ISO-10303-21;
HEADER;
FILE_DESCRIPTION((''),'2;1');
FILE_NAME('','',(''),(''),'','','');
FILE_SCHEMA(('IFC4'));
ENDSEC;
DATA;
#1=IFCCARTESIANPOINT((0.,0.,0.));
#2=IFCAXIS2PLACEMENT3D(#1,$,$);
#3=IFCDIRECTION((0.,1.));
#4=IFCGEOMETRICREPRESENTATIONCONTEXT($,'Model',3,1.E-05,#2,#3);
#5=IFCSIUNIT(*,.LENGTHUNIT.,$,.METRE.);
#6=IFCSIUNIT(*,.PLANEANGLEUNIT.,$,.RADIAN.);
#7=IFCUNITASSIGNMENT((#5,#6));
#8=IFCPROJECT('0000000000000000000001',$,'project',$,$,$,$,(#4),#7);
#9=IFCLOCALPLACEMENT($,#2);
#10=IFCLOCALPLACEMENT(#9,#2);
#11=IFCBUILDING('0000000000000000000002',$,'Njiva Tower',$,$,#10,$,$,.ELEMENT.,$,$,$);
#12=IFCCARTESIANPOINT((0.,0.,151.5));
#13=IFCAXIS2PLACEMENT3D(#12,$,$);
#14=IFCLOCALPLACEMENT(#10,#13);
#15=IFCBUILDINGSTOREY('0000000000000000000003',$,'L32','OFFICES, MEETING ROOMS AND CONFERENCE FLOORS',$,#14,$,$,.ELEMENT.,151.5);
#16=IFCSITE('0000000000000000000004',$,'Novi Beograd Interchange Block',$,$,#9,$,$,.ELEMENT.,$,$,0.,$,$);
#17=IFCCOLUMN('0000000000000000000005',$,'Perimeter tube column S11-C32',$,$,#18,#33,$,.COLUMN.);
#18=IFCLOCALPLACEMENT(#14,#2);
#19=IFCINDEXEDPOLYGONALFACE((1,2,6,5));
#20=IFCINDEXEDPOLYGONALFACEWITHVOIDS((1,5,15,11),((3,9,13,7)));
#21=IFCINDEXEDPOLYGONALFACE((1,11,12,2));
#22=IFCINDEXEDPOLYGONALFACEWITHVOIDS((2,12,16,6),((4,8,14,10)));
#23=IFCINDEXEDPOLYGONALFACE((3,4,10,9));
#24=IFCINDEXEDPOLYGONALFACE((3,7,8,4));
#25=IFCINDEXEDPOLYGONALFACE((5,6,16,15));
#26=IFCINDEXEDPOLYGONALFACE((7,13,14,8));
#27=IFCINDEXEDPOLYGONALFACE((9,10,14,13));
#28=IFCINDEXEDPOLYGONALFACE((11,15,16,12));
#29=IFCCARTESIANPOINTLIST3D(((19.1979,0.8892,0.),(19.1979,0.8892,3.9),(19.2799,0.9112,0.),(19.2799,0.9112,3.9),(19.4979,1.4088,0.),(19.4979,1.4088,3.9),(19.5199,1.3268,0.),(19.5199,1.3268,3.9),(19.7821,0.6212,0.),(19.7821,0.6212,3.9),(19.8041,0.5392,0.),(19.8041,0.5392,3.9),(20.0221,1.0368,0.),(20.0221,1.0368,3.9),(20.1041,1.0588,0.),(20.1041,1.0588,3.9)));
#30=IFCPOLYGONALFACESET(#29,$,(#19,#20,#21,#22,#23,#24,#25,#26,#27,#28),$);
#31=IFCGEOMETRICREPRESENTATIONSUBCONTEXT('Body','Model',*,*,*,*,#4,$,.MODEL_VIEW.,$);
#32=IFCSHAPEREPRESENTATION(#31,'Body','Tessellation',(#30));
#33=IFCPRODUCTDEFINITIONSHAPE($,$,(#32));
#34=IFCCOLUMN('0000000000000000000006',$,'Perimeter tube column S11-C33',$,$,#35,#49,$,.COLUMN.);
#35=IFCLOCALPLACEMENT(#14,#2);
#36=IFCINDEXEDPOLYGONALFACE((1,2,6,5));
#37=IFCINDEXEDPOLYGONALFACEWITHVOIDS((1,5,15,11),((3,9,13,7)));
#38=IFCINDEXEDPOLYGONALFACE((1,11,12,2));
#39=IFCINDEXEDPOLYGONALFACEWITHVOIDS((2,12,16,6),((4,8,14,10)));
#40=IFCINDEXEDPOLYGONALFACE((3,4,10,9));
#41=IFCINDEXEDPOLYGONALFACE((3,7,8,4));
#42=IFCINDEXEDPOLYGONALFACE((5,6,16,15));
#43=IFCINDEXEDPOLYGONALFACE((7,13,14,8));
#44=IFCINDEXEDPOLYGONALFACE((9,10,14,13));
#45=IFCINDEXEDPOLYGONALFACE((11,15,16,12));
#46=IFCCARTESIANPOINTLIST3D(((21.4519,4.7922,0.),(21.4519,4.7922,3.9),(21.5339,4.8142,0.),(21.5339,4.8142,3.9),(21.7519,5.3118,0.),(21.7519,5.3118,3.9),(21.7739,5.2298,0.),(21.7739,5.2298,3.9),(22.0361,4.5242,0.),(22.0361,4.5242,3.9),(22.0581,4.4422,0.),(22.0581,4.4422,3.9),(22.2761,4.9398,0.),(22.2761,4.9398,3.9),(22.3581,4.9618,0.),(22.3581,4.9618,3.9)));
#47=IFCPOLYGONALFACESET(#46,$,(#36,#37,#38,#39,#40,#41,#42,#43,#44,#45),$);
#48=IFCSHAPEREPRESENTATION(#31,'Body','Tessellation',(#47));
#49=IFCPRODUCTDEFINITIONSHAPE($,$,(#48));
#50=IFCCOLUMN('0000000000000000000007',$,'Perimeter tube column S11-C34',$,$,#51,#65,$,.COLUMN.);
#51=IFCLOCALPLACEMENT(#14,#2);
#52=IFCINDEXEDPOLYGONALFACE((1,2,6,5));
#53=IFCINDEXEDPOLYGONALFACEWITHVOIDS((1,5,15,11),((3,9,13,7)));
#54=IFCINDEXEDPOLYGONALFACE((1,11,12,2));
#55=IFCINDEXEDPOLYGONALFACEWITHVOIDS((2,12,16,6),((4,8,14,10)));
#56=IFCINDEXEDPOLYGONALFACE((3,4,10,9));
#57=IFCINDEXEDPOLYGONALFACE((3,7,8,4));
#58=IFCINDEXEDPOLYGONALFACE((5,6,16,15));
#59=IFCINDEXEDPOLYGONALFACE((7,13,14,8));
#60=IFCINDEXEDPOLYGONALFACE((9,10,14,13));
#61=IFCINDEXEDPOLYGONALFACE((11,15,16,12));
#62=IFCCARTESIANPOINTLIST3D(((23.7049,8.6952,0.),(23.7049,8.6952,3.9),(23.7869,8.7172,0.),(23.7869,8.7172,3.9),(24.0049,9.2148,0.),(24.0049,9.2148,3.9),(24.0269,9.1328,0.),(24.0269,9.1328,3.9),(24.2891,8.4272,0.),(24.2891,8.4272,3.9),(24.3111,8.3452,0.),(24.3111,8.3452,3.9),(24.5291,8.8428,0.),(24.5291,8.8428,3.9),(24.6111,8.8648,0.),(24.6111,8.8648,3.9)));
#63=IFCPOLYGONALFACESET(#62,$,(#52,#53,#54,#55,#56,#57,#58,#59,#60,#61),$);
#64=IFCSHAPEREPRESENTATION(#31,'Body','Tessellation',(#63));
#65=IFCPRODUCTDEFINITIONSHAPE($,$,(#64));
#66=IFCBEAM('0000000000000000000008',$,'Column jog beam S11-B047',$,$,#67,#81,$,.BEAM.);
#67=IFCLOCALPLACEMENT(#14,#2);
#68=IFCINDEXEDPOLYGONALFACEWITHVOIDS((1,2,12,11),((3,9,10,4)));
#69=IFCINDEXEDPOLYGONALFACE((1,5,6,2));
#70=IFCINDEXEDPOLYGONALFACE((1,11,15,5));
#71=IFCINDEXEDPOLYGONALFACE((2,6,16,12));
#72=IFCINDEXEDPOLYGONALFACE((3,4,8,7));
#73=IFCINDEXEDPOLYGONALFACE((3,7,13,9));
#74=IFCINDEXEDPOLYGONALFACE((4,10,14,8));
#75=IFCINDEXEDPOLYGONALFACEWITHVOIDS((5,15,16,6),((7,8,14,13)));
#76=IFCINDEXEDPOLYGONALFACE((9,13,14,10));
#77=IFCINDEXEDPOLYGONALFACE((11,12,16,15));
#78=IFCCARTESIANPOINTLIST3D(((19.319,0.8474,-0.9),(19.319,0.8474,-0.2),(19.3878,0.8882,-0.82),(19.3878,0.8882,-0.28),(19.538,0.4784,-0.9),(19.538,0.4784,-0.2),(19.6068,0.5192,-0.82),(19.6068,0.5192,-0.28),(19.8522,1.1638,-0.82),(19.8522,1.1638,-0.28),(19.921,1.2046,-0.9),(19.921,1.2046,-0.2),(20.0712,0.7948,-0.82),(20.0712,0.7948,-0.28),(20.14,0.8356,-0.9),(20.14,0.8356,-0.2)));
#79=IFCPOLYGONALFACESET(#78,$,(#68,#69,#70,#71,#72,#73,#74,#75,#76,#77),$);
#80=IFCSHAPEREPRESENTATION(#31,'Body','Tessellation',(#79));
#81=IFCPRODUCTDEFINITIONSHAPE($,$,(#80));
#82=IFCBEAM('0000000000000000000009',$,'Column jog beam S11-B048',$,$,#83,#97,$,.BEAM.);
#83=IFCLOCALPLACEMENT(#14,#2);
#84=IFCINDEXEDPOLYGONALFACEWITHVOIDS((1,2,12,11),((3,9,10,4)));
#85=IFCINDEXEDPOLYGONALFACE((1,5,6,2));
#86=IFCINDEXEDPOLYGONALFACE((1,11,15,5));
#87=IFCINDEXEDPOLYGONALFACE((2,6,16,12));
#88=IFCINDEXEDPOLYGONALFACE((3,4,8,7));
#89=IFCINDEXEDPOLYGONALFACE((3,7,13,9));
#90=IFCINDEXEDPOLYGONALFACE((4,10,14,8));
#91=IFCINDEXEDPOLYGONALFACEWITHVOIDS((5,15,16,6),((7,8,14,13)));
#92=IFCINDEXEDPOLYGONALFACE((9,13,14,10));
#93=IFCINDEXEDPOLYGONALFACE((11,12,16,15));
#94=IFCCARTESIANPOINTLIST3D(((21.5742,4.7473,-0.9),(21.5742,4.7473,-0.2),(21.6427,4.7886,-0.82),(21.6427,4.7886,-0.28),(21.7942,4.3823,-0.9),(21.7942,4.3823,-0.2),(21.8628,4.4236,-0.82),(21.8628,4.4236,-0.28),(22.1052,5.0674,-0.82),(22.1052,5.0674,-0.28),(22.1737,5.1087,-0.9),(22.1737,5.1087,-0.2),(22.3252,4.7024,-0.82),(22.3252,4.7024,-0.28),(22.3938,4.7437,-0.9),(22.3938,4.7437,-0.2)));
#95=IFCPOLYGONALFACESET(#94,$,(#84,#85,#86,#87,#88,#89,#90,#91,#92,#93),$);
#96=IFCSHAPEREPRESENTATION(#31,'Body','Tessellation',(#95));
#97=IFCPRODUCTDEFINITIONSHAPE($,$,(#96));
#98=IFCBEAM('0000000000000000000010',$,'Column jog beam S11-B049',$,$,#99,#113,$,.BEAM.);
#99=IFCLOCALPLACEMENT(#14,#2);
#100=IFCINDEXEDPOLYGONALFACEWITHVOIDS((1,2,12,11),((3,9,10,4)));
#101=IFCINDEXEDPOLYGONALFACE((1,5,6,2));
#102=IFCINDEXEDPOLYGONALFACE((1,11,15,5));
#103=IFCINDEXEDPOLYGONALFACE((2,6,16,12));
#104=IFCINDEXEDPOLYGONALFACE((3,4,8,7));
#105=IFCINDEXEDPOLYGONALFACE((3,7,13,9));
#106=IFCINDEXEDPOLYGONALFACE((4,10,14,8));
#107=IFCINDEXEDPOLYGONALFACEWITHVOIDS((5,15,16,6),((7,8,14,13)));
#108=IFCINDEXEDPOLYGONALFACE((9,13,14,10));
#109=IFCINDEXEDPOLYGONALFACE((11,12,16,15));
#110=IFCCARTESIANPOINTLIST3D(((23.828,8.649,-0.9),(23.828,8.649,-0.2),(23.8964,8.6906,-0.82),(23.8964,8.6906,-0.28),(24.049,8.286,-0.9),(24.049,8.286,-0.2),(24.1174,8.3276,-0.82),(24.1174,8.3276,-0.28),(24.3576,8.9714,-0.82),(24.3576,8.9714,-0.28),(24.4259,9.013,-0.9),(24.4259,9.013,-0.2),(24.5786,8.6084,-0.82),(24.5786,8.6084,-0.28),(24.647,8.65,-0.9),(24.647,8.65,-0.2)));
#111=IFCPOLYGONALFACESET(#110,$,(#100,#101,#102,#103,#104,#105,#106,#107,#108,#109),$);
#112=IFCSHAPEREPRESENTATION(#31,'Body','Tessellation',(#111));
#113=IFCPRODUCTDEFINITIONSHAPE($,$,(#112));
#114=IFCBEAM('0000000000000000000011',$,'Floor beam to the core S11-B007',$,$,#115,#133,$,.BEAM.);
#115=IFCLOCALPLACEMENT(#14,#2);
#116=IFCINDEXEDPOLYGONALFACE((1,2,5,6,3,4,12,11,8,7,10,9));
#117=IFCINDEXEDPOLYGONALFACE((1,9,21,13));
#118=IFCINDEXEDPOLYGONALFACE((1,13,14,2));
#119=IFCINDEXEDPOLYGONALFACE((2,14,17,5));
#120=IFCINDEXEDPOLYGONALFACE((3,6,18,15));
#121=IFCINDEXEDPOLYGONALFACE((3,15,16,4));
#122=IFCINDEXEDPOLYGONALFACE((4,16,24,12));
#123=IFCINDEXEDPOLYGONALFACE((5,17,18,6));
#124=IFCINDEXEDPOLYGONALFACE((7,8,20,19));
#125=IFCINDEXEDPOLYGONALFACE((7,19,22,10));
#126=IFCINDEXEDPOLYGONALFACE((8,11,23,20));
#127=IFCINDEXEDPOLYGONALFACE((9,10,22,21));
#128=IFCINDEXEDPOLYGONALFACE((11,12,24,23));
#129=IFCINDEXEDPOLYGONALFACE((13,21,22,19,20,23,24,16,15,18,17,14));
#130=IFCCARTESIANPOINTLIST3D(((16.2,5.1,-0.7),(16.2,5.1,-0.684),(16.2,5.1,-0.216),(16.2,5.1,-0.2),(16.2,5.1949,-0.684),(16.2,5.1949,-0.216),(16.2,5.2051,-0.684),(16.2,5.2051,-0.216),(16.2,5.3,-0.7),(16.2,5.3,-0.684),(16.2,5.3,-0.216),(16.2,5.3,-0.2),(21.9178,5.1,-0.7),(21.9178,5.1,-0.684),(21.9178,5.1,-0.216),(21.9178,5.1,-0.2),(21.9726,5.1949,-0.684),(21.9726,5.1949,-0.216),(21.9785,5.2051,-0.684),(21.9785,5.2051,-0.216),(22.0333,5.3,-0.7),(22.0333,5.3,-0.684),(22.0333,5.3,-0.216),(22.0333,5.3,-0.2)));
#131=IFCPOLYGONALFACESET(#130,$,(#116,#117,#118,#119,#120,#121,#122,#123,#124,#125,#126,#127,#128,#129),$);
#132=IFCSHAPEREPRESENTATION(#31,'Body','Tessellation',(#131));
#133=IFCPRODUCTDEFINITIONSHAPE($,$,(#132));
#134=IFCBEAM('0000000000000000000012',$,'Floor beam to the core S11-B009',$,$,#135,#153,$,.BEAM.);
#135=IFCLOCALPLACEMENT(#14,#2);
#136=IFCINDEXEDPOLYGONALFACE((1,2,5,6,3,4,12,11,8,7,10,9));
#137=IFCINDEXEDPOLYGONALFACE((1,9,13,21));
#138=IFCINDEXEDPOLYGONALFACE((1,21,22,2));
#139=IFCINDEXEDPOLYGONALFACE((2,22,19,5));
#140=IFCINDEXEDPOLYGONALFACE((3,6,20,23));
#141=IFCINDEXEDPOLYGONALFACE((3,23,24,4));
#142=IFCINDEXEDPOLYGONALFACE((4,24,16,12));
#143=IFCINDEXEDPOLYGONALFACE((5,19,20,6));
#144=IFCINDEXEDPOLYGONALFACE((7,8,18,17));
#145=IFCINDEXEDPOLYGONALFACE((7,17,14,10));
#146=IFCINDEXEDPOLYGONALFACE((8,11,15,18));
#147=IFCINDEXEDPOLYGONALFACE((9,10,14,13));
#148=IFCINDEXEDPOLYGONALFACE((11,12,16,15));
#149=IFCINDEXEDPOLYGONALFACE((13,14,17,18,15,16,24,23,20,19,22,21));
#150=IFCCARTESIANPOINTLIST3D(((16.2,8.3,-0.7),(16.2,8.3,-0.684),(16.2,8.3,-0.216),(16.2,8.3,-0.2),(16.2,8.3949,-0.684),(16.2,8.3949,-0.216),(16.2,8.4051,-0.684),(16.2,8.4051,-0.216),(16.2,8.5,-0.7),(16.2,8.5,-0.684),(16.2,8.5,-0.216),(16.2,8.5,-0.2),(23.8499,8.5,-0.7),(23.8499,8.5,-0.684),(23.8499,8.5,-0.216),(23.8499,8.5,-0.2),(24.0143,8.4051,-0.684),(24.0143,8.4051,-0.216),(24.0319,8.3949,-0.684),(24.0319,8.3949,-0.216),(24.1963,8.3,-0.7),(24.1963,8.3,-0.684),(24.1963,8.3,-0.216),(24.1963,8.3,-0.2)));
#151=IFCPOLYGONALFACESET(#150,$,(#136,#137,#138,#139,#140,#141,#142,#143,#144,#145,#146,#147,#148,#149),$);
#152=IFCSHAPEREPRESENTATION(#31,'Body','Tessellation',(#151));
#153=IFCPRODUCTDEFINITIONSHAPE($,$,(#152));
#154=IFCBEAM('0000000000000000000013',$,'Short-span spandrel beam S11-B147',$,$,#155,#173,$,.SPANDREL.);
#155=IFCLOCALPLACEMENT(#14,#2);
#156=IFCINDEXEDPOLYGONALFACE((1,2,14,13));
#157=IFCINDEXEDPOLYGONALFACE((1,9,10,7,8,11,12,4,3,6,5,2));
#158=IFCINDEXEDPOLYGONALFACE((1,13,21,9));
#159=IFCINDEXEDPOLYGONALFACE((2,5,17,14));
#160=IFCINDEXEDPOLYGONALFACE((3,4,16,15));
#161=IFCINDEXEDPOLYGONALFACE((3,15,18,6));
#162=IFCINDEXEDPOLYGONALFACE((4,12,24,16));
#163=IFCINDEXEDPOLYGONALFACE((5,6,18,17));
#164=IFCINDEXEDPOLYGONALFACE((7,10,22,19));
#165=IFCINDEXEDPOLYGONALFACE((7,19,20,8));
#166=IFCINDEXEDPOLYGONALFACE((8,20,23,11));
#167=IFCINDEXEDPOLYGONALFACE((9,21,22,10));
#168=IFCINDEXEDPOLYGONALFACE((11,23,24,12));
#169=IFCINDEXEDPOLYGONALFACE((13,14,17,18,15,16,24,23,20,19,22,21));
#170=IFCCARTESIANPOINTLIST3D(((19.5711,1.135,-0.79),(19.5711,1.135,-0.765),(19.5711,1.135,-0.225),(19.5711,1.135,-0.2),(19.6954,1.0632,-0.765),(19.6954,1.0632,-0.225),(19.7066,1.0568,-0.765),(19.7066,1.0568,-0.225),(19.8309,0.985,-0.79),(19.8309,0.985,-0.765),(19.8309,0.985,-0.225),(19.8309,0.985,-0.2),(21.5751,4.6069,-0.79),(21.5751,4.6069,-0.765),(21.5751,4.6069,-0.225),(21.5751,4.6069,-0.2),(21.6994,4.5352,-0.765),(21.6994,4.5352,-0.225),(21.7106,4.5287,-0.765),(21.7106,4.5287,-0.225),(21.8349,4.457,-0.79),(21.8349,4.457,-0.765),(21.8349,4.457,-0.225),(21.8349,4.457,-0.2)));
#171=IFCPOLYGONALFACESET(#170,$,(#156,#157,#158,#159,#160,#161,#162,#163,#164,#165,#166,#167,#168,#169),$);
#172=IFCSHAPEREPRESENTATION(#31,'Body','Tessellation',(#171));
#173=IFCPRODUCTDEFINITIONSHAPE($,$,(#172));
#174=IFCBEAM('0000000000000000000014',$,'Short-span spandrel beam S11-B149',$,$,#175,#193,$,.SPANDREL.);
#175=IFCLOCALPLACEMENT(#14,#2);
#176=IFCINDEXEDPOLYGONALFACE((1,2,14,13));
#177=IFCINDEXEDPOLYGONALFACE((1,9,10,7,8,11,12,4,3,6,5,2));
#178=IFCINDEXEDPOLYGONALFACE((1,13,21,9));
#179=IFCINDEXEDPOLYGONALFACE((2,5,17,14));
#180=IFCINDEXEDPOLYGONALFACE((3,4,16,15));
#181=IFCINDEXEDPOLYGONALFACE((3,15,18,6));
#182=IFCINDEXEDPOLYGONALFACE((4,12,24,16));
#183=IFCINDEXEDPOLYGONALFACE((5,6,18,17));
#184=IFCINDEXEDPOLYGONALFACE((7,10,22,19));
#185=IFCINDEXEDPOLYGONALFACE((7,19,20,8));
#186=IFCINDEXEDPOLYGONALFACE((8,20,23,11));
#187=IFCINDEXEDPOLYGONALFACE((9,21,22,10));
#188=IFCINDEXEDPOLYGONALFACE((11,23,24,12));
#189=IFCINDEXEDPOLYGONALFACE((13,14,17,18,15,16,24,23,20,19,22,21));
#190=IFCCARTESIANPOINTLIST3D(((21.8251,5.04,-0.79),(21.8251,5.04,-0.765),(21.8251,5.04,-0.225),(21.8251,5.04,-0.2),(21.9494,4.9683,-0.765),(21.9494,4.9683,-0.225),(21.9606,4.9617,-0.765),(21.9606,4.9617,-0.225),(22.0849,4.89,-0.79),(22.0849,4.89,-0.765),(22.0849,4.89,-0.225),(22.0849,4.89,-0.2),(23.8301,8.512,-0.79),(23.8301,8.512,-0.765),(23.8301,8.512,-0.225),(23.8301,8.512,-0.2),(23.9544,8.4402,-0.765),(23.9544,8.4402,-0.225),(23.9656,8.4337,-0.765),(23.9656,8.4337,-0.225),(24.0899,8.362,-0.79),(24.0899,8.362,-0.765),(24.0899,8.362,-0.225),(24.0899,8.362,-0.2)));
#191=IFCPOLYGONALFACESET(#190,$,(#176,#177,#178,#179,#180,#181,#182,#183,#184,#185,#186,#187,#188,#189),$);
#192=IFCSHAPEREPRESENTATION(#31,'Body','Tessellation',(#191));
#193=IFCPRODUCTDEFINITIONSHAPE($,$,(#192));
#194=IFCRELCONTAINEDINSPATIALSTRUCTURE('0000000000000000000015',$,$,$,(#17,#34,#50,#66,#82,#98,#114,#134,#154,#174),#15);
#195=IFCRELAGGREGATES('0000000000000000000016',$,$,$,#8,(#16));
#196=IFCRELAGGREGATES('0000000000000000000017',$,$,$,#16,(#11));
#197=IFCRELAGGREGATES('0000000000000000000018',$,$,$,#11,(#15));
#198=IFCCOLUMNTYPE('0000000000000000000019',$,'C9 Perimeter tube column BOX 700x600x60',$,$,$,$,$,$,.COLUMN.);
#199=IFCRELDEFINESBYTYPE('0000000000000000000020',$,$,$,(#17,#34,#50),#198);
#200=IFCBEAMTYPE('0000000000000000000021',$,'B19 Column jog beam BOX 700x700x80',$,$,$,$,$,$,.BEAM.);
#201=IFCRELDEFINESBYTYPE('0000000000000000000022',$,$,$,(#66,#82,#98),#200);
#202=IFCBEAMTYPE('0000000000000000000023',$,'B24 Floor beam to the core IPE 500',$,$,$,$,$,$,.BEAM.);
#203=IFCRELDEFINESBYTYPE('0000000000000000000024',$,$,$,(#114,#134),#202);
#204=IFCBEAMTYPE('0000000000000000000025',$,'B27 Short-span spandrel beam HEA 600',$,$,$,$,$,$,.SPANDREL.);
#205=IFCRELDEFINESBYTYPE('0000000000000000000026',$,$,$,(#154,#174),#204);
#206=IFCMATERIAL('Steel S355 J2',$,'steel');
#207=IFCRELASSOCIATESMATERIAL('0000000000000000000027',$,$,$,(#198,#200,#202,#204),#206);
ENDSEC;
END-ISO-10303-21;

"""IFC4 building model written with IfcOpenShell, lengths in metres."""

from ifc_helpers import new_model, si_unit, direction, frame, origin, origin_2d, place, context, subcontext, project, spatial, hollow_rectangle, i_section, extrude, clip, halfspace, material, material_profile, profile_set, type_object, element, save


model = new_model("IFC4")

# Units and contexts
model_context = context("Model", 3, precision=1e-05, world=origin(), true_north=direction((0.0, 1.0)))
body_context = subcontext(model_context, "Body", "Model", "MODEL_VIEW")
ifc_project = project(units=[si_unit("LENGTHUNIT", "METRE"), si_unit("PLANEANGLEUNIT", "RADIAN")], contexts=[model_context])

# Site, building, storey
site_placement = place(None, origin())
site = spatial("IfcSite", under=ifc_project, at=site_placement, Name="Novi Beograd Interchange Block", CompositionType="ELEMENT", RefElevation=0.0)
building_placement = place(site_placement, origin())
building = spatial("IfcBuilding", under=site, at=building_placement, Name="Njiva Tower", CompositionType="ELEMENT")
storey_placement = place(building_placement, frame((0.0, 0.0, 151.5)))
storey = spatial("IfcBuildingStorey", under=building, at=storey_placement, Name="L32", Description="OFFICES, MEETING ROOMS AND CONFERENCE FLOORS", CompositionType="ELEMENT", Elevation=151.5)

# Columns
ifc_material_1 = material(Name="Steel S355 J2", Category="steel")
ifc_material_profile_1 = material_profile(ifc_material_1, hollow_rectangle(XDim=0.6, YDim=0.7, WallThickness=0.06, at=origin_2d()), Name="BOX 700x600x60")
ifc_profile_set_1 = profile_set([ifc_material_profile_1], Name="Steel S355 J2")
column_type = type_object("IfcColumnType", Name="C9 Perimeter tube column BOX 700x600x60", PredefinedType="COLUMN", material=ifc_profile_set_1)
for number, where, z_axis, x_axis, name in (
    (1, (19.651, 0.974, 0.0), (0.0, 0.0, 1.0), (0.5, 0.866025, 0.0), "Perimeter tube column S11-C32"),
    (2, (21.905, 4.877, 0.0), (0.0, 0.0, 1.0), (0.5, 0.866025, 0.0), "Perimeter tube column S11-C33"),
    (3, (24.158, 8.78, 0.0), (0.0, 0.0, 1.0), (0.5, 0.866025, 0.0), "Perimeter tube column S11-C34"),
):
    element("IfcColumn", number, at=place(storey_placement, frame(where, z_axis=z_axis, x_axis=x_axis)), inside=storey, type_object=column_type, Name=name, PredefinedType="COLUMN", context=body_context, shape_type="SweptSolid", body=[
        extrude(hollow_rectangle(XDim=0.6, YDim=0.7, WallThickness=0.06, at=origin_2d()), origin(), (0.0, 0.0, 1.0), 3.9),
    ])

# Beams
ifc_material_profile_2 = material_profile(ifc_material_1, hollow_rectangle(XDim=0.7, YDim=0.7, WallThickness=0.08, at=origin_2d()), Name="BOX 700x700x80")
ifc_profile_set_2 = profile_set([ifc_material_profile_2], Name="Steel S355 J2")
beam_type_1 = type_object("IfcBeamType", Name="B19 Column jog beam BOX 700x700x80", PredefinedType="BEAM", material=ifc_profile_set_2)
beam_1_placement = place(storey_placement, frame((19.839, 0.657, -0.55), z_axis=(-0.510377, 0.859951, 0.0), x_axis=(-0.859951, -0.510377, 0.0)))
element("IfcBeam", 4, at=beam_1_placement, inside=storey, type_object=beam_type_1, Name="Column jog beam S11-B047", PredefinedType="BEAM", context=body_context, shape_type="SweptSolid", body=[
    extrude(hollow_rectangle(XDim=0.7, YDim=0.7, WallThickness=0.08, at=origin_2d()), origin(), (0.0, 0.0, 1.0), 0.4291),
])
beam_2_placement = place(storey_placement, frame((22.094, 4.563, -0.55), z_axis=(-0.51622, 0.856456, 0.0), x_axis=(-0.856456, -0.51622, 0.0)))
element("IfcBeam", 5, at=beam_2_placement, inside=storey, type_object=beam_type_1, Name="Column jog beam S11-B048", PredefinedType="BEAM", context=body_context, shape_type="SweptSolid", body=[
    extrude(hollow_rectangle(XDim=0.7, YDim=0.7, WallThickness=0.08, at=origin_2d()), origin(), (0.0, 0.0, 1.0), 0.4262),
])
beam_3_placement = place(storey_placement, frame((24.348, 8.468, -0.55), z_axis=(-0.520022, 0.854153, 0.0), x_axis=(-0.854153, -0.520022, 0.0)))
element("IfcBeam", 6, at=beam_3_placement, inside=storey, type_object=beam_type_1, Name="Column jog beam S11-B049", PredefinedType="BEAM", context=body_context, shape_type="SweptSolid", body=[
    extrude(hollow_rectangle(XDim=0.7, YDim=0.7, WallThickness=0.08, at=origin_2d()), origin(), (0.0, 0.0, 1.0), 0.425),
])
ifc_material_profile_3 = material_profile(ifc_material_1, i_section(OverallWidth=0.2, OverallDepth=0.5, WebThickness=0.0102, FlangeThickness=0.016, at=origin_2d()), Name="IPE 500")
ifc_profile_set_3 = profile_set([ifc_material_profile_3], Name="Steel S355 J2")
beam_type_2 = type_object("IfcBeamType", Name="B24 Floor beam to the core IPE 500", PredefinedType="BEAM", material=ifc_profile_set_3)
beam_4_placement = place(storey_placement, frame((16.2, 5.2, -0.45), z_axis=(1.0, 0.0, 0.0), x_axis=(0.0, 1.0, 0.0)))
element("IfcBeam", 7, at=beam_4_placement, inside=storey, type_object=beam_type_2, Name="Floor beam to the core S11-B007", PredefinedType="BEAM", context=body_context, shape_type="Clipping", body=[
    clip(extrude(i_section(OverallWidth=0.2, OverallDepth=0.5, WebThickness=0.0102, FlangeThickness=0.016, at=origin_2d()), origin(), (0.0, 0.0, 1.0), 5.854), halfspace(frame((-0.025, 0.0, 5.7611), z_axis=(-0.499998, 0.0, 0.866027), x_axis=(0.0, 1.0, 0.0)), False)),
])
beam_5_placement = place(storey_placement, frame((16.2, 8.4, -0.45), z_axis=(1.0, 0.0, 0.0), x_axis=(0.0, 1.0, 0.0)))
element("IfcBeam", 8, at=beam_5_placement, inside=storey, type_object=beam_type_2, Name="Floor beam to the core S11-B009", PredefinedType="BEAM", context=body_context, shape_type="Clipping", body=[
    clip(extrude(i_section(OverallWidth=0.2, OverallDepth=0.5, WebThickness=0.0102, FlangeThickness=0.016, at=origin_2d()), origin(), (0.0, 0.0, 1.0), 8.016), halfspace(frame((0.0433, 0.0, 7.7481), z_axis=(0.866027, 0.0, 0.499998), x_axis=(0.0, 1.0, 0.0)), False)),
])
ifc_material_profile_4 = material_profile(ifc_material_1, i_section(OverallWidth=0.3, OverallDepth=0.59, WebThickness=0.013, FlangeThickness=0.025, at=origin_2d()), Name="HEA 600")
ifc_profile_set_4 = profile_set([ifc_material_profile_4], Name="Steel S355 J2")
beam_type_3 = type_object("IfcBeamType", Name="B27 Short-span spandrel beam HEA 600", PredefinedType="SPANDREL", material=ifc_profile_set_4)
beam_6_placement = place(storey_placement, frame((19.701, 1.06, -0.495), z_axis=(0.499895, 0.866086, 0.0), x_axis=(-0.866086, 0.499895, 0.0)))
element("IfcBeam", 9, at=beam_6_placement, inside=storey, type_object=beam_type_3, Name="Short-span spandrel beam S11-B147", PredefinedType="SPANDREL", context=body_context, shape_type="SweptSolid", body=[
    extrude(i_section(OverallWidth=0.3, OverallDepth=0.59, WebThickness=0.013, FlangeThickness=0.025, at=origin_2d()), origin(), (0.0, 0.0, 1.0), 4.0088),
])
beam_7_placement = place(storey_placement, frame((21.955, 4.965, -0.495), z_axis=(0.500082, 0.865978, 0.0), x_axis=(-0.865978, 0.500082, 0.0)))
element("IfcBeam", 10, at=beam_7_placement, inside=storey, type_object=beam_type_3, Name="Short-span spandrel beam S11-B149", PredefinedType="SPANDREL", context=body_context, shape_type="SweptSolid", body=[
    extrude(i_section(OverallWidth=0.3, OverallDepth=0.59, WebThickness=0.013, FlangeThickness=0.025, at=origin_2d()), origin(), (0.0, 0.0, 1.0), 4.0093),
])

save(model, "model.ifc")
